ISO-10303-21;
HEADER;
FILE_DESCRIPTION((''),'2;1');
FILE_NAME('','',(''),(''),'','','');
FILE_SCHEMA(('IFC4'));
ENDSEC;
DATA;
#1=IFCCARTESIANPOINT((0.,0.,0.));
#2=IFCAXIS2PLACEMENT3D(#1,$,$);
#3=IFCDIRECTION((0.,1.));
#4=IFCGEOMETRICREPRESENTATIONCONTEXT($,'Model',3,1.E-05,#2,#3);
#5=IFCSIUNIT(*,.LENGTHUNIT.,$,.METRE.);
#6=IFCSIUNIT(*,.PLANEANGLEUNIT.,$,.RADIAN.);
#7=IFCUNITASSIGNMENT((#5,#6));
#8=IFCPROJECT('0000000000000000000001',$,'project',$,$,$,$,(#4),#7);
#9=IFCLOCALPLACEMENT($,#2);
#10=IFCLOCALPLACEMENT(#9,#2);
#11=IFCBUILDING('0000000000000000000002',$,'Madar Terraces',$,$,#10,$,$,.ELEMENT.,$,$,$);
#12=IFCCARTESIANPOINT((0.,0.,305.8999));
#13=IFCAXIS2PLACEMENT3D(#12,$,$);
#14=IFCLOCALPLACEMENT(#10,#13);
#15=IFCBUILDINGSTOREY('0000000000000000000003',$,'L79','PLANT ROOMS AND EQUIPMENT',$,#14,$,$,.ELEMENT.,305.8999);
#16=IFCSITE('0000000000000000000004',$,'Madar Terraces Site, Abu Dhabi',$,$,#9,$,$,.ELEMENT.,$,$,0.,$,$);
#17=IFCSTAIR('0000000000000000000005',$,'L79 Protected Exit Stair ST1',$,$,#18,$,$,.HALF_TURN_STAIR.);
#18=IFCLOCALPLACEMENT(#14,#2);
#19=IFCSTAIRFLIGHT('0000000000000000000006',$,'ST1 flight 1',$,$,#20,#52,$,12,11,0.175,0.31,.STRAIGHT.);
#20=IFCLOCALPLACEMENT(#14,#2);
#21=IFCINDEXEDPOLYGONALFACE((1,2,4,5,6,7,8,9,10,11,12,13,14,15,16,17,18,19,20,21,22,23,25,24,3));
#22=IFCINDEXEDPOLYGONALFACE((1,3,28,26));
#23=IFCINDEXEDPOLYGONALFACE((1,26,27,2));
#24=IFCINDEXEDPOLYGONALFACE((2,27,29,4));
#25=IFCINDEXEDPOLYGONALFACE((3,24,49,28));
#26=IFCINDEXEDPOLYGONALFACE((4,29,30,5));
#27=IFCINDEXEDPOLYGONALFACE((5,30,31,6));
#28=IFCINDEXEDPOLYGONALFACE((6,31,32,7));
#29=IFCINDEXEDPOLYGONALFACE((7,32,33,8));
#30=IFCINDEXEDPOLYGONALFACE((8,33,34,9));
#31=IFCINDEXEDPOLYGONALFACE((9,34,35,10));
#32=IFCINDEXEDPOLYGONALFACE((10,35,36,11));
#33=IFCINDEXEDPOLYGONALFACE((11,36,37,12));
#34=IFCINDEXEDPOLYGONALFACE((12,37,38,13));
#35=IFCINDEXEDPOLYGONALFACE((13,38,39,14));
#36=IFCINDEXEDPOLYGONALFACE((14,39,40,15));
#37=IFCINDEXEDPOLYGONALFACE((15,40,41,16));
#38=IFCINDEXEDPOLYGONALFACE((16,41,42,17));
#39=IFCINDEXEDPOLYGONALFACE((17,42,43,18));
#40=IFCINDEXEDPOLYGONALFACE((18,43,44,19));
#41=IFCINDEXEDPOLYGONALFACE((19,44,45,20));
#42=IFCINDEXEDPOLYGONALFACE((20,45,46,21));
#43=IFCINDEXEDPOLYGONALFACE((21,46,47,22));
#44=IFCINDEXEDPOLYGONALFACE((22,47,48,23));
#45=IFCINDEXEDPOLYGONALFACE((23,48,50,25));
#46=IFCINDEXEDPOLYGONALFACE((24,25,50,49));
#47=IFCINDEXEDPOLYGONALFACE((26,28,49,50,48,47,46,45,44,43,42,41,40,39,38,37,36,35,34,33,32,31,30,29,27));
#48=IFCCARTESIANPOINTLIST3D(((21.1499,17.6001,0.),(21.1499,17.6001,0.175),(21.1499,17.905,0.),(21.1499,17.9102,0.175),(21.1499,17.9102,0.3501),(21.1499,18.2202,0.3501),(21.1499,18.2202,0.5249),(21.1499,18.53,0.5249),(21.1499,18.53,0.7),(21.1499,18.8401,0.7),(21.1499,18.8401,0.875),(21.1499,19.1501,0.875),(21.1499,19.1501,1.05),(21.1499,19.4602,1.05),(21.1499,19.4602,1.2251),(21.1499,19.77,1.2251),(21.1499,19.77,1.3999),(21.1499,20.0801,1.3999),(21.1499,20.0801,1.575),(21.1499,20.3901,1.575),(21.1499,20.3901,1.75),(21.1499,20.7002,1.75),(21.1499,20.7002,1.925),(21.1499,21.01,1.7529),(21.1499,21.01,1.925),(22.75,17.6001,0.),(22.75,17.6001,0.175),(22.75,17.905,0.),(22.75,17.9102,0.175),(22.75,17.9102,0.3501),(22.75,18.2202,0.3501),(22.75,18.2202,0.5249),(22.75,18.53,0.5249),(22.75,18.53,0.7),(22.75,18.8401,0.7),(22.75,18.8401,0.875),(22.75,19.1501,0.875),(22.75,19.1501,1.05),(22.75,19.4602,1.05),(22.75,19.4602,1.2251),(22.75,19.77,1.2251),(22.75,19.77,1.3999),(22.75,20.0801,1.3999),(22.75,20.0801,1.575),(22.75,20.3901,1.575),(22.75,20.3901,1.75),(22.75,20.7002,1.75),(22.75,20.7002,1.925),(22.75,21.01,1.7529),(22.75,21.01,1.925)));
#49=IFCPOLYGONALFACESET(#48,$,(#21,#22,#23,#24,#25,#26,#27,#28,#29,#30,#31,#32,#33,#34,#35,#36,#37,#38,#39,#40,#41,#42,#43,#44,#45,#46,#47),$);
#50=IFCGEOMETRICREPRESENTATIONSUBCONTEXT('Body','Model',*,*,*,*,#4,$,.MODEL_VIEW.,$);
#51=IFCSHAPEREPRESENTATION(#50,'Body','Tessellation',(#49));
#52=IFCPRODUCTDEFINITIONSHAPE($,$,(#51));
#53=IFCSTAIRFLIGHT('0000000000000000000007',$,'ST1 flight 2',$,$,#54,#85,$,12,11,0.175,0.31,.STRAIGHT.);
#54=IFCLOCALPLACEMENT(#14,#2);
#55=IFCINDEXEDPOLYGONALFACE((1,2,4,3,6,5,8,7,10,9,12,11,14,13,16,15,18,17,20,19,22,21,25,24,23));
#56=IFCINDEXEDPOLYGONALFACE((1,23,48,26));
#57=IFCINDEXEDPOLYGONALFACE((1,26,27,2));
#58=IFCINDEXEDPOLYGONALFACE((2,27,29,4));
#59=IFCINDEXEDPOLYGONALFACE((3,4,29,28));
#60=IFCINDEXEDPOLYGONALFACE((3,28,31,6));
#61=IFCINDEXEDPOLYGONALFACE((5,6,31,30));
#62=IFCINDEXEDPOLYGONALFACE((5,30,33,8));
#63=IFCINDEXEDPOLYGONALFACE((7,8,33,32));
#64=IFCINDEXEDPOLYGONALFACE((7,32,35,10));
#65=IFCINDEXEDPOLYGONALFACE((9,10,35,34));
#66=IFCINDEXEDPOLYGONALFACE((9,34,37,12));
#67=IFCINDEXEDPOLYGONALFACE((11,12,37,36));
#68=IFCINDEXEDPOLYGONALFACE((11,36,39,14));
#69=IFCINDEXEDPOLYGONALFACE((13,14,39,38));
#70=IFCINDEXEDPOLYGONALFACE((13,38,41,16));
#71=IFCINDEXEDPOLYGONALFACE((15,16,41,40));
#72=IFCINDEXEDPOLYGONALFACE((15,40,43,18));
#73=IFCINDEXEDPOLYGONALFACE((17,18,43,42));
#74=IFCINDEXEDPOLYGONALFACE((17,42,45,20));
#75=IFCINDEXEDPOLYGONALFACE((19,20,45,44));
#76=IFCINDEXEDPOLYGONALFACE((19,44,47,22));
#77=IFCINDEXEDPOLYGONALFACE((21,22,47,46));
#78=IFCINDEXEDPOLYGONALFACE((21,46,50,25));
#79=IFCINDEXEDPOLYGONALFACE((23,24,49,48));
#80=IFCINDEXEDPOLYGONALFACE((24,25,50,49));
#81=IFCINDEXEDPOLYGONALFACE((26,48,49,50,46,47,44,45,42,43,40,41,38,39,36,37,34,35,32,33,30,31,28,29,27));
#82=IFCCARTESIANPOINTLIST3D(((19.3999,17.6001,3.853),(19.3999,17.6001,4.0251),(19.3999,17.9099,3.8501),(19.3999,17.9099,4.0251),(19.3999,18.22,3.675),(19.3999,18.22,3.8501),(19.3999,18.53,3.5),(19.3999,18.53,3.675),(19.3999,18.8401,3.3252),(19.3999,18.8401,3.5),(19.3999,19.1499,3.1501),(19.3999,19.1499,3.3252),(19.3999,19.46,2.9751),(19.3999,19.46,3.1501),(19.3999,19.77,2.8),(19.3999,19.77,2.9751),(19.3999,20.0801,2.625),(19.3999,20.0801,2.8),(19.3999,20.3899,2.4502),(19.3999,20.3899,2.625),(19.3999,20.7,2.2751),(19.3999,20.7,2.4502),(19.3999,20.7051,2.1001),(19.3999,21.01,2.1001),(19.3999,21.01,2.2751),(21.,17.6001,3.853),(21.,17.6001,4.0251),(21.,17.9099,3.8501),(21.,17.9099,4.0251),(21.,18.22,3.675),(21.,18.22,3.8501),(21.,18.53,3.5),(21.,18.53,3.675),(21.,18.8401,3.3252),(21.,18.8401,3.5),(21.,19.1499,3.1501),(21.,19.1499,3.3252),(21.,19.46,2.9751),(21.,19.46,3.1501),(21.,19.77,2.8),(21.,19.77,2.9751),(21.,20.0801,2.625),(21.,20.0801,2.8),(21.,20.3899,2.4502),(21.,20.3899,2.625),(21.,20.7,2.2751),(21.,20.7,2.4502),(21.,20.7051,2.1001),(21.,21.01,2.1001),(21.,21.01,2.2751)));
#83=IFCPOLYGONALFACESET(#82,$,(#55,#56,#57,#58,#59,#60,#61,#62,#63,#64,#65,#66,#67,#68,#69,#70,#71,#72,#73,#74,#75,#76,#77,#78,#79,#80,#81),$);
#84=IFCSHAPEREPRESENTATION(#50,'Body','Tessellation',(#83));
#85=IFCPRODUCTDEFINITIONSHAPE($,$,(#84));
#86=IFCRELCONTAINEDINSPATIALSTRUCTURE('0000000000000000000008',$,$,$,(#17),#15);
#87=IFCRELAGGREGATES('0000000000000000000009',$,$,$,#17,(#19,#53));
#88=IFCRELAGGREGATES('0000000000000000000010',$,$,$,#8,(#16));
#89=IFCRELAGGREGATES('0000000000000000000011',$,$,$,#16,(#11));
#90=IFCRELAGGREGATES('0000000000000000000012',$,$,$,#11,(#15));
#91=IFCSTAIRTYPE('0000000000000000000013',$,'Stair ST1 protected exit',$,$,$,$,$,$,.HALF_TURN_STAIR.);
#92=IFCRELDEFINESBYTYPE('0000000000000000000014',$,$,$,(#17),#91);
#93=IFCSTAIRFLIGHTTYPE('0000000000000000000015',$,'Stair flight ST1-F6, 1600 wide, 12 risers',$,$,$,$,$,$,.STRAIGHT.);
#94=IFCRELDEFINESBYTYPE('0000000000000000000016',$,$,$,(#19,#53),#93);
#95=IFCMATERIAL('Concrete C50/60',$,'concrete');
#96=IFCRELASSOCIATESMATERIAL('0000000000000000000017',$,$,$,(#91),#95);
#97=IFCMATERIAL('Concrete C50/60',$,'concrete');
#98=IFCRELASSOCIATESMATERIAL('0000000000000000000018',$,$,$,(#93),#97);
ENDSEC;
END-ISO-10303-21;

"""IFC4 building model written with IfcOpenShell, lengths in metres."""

from ifc_helpers import new_model, si_unit, direction, frame, origin, place, context, subcontext, project, spatial, polyline, outline, extrude, material, type_object, element, aggregate, save


model = new_model("IFC4")

# Units and contexts
model_context = context("Model", 3, precision=1e-05, world=origin(), true_north=direction((0.0, 1.0)))
body_context = subcontext(model_context, "Body", "Model", "MODEL_VIEW")
ifc_project = project(units=[si_unit("LENGTHUNIT", "METRE"), si_unit("PLANEANGLEUNIT", "RADIAN")], contexts=[model_context])

# Site, building, storey
site_placement = place(None, origin())
site = spatial("IfcSite", under=ifc_project, at=site_placement, Name="Madar Terraces Site, Abu Dhabi", CompositionType="ELEMENT", RefElevation=0.0)
building_placement = place(site_placement, origin())
building = spatial("IfcBuilding", under=site, at=building_placement, Name="Madar Terraces", CompositionType="ELEMENT")
storey_placement = place(building_placement, frame((0.0, 0.0, 305.8999)))
storey = spatial("IfcBuildingStorey", under=building, at=storey_placement, Name="L79", Description="PLANT ROOMS AND EQUIPMENT", CompositionType="ELEMENT", Elevation=305.8999)

# Stair, stair flights
ifc_material_1 = material(Name="Concrete C50/60", Category="concrete")
stair_type = type_object("IfcStairType", Name="Stair ST1 protected exit", PredefinedType="HALF_TURN_STAIR", material=ifc_material_1)
stair_placement = place(storey_placement, origin())
stair = element("IfcStair", 1, at=stair_placement, inside=storey, type_object=stair_type, Name="L79 Protected Exit Stair ST1", PredefinedType="HALF_TURN_STAIR")
ifc_material_2 = material(Name="Concrete C50/60", Category="concrete")
stair_flight_type = type_object("IfcStairFlightType", Name="Stair flight ST1-F6, 1600 wide, 12 risers", PredefinedType="STRAIGHT", material=ifc_material_2)
stair_flight_1_placement = place(storey_placement, frame((21.95, 17.6001, 0.0), z_axis=(0.0, 0.0, 1.0), x_axis=(0.0, 1.0, 0.0)))
stair_flight_1 = element("IfcStairFlight", 2, at=stair_flight_1_placement, type_object=stair_flight_type, Name="ST1 flight 1", NumberOfRisers=12, NumberOfTreads=11, PredefinedType="STRAIGHT", RiserHeight=0.175, TreadLength=0.31, context=body_context, shape_type="SweptSolid", body=[
    extrude(outline(polyline([(0.0, 0.0), (0.0, 0.175), (0.3101, 0.175), (0.3101, 0.3501), (0.6201, 0.3501), (0.6201, 0.5249), (0.9299, 0.5249), (0.9299, 0.7), (1.24, 0.7), (1.24, 0.875), (1.55, 0.875), (1.55, 1.05), (1.8601, 1.05), (1.8601, 1.2251), (2.1699, 1.2251), (2.1699, 1.3999), (2.48, 1.3999), (2.48, 1.575), (2.79, 1.575), (2.79, 1.75), (3.1001, 1.75), (3.1001, 1.925), (3.4099, 1.925), (3.4099, 2.1001), (3.4099, 1.7529), (0.3049, 0.0), (0.0, 0.0)])), frame((0.0, 0.8, 0.0), z_axis=(0.0, -1.0, 0.0), x_axis=(1.0, 0.0, 0.0)), (0.0, 0.0, 1.0), 1.6001),
])
stair_flight_2_placement = place(storey_placement, frame((20.2, 21.01, 2.1001), z_axis=(0.0, 0.0, 1.0), x_axis=(0.0, -1.0, 0.0)))
stair_flight_2 = element("IfcStairFlight", 3, at=stair_flight_2_placement, type_object=stair_flight_type, Name="ST1 flight 2", NumberOfRisers=12, NumberOfTreads=11, PredefinedType="STRAIGHT", RiserHeight=0.175, TreadLength=0.31, context=body_context, shape_type="SweptSolid", body=[
    extrude(outline(polyline([(0.0, 0.0), (0.0, 0.175), (0.3101, 0.175), (0.3101, 0.3501), (0.6201, 0.3501), (0.6201, 0.5249), (0.9299, 0.5249), (0.9299, 0.7), (1.24, 0.7), (1.24, 0.875), (1.55, 0.875), (1.55, 1.05), (1.8601, 1.05), (1.8601, 1.2251), (2.1699, 1.2251), (2.1699, 1.3999), (2.48, 1.3999), (2.48, 1.575), (2.79, 1.575), (2.79, 1.75), (3.1001, 1.75), (3.1001, 1.925), (3.4099, 1.925), (3.4099, 2.1001), (3.4099, 1.7529), (0.3049, 0.0), (0.0, 0.0)])), frame((0.0, 0.8, 0.0), z_axis=(0.0, -1.0, 0.0), x_axis=(1.0, 0.0, 0.0)), (0.0, 0.0, 1.0), 1.6001),
])
aggregate(stair, [stair_flight_1, stair_flight_2])

save(model, "model.ifc")
